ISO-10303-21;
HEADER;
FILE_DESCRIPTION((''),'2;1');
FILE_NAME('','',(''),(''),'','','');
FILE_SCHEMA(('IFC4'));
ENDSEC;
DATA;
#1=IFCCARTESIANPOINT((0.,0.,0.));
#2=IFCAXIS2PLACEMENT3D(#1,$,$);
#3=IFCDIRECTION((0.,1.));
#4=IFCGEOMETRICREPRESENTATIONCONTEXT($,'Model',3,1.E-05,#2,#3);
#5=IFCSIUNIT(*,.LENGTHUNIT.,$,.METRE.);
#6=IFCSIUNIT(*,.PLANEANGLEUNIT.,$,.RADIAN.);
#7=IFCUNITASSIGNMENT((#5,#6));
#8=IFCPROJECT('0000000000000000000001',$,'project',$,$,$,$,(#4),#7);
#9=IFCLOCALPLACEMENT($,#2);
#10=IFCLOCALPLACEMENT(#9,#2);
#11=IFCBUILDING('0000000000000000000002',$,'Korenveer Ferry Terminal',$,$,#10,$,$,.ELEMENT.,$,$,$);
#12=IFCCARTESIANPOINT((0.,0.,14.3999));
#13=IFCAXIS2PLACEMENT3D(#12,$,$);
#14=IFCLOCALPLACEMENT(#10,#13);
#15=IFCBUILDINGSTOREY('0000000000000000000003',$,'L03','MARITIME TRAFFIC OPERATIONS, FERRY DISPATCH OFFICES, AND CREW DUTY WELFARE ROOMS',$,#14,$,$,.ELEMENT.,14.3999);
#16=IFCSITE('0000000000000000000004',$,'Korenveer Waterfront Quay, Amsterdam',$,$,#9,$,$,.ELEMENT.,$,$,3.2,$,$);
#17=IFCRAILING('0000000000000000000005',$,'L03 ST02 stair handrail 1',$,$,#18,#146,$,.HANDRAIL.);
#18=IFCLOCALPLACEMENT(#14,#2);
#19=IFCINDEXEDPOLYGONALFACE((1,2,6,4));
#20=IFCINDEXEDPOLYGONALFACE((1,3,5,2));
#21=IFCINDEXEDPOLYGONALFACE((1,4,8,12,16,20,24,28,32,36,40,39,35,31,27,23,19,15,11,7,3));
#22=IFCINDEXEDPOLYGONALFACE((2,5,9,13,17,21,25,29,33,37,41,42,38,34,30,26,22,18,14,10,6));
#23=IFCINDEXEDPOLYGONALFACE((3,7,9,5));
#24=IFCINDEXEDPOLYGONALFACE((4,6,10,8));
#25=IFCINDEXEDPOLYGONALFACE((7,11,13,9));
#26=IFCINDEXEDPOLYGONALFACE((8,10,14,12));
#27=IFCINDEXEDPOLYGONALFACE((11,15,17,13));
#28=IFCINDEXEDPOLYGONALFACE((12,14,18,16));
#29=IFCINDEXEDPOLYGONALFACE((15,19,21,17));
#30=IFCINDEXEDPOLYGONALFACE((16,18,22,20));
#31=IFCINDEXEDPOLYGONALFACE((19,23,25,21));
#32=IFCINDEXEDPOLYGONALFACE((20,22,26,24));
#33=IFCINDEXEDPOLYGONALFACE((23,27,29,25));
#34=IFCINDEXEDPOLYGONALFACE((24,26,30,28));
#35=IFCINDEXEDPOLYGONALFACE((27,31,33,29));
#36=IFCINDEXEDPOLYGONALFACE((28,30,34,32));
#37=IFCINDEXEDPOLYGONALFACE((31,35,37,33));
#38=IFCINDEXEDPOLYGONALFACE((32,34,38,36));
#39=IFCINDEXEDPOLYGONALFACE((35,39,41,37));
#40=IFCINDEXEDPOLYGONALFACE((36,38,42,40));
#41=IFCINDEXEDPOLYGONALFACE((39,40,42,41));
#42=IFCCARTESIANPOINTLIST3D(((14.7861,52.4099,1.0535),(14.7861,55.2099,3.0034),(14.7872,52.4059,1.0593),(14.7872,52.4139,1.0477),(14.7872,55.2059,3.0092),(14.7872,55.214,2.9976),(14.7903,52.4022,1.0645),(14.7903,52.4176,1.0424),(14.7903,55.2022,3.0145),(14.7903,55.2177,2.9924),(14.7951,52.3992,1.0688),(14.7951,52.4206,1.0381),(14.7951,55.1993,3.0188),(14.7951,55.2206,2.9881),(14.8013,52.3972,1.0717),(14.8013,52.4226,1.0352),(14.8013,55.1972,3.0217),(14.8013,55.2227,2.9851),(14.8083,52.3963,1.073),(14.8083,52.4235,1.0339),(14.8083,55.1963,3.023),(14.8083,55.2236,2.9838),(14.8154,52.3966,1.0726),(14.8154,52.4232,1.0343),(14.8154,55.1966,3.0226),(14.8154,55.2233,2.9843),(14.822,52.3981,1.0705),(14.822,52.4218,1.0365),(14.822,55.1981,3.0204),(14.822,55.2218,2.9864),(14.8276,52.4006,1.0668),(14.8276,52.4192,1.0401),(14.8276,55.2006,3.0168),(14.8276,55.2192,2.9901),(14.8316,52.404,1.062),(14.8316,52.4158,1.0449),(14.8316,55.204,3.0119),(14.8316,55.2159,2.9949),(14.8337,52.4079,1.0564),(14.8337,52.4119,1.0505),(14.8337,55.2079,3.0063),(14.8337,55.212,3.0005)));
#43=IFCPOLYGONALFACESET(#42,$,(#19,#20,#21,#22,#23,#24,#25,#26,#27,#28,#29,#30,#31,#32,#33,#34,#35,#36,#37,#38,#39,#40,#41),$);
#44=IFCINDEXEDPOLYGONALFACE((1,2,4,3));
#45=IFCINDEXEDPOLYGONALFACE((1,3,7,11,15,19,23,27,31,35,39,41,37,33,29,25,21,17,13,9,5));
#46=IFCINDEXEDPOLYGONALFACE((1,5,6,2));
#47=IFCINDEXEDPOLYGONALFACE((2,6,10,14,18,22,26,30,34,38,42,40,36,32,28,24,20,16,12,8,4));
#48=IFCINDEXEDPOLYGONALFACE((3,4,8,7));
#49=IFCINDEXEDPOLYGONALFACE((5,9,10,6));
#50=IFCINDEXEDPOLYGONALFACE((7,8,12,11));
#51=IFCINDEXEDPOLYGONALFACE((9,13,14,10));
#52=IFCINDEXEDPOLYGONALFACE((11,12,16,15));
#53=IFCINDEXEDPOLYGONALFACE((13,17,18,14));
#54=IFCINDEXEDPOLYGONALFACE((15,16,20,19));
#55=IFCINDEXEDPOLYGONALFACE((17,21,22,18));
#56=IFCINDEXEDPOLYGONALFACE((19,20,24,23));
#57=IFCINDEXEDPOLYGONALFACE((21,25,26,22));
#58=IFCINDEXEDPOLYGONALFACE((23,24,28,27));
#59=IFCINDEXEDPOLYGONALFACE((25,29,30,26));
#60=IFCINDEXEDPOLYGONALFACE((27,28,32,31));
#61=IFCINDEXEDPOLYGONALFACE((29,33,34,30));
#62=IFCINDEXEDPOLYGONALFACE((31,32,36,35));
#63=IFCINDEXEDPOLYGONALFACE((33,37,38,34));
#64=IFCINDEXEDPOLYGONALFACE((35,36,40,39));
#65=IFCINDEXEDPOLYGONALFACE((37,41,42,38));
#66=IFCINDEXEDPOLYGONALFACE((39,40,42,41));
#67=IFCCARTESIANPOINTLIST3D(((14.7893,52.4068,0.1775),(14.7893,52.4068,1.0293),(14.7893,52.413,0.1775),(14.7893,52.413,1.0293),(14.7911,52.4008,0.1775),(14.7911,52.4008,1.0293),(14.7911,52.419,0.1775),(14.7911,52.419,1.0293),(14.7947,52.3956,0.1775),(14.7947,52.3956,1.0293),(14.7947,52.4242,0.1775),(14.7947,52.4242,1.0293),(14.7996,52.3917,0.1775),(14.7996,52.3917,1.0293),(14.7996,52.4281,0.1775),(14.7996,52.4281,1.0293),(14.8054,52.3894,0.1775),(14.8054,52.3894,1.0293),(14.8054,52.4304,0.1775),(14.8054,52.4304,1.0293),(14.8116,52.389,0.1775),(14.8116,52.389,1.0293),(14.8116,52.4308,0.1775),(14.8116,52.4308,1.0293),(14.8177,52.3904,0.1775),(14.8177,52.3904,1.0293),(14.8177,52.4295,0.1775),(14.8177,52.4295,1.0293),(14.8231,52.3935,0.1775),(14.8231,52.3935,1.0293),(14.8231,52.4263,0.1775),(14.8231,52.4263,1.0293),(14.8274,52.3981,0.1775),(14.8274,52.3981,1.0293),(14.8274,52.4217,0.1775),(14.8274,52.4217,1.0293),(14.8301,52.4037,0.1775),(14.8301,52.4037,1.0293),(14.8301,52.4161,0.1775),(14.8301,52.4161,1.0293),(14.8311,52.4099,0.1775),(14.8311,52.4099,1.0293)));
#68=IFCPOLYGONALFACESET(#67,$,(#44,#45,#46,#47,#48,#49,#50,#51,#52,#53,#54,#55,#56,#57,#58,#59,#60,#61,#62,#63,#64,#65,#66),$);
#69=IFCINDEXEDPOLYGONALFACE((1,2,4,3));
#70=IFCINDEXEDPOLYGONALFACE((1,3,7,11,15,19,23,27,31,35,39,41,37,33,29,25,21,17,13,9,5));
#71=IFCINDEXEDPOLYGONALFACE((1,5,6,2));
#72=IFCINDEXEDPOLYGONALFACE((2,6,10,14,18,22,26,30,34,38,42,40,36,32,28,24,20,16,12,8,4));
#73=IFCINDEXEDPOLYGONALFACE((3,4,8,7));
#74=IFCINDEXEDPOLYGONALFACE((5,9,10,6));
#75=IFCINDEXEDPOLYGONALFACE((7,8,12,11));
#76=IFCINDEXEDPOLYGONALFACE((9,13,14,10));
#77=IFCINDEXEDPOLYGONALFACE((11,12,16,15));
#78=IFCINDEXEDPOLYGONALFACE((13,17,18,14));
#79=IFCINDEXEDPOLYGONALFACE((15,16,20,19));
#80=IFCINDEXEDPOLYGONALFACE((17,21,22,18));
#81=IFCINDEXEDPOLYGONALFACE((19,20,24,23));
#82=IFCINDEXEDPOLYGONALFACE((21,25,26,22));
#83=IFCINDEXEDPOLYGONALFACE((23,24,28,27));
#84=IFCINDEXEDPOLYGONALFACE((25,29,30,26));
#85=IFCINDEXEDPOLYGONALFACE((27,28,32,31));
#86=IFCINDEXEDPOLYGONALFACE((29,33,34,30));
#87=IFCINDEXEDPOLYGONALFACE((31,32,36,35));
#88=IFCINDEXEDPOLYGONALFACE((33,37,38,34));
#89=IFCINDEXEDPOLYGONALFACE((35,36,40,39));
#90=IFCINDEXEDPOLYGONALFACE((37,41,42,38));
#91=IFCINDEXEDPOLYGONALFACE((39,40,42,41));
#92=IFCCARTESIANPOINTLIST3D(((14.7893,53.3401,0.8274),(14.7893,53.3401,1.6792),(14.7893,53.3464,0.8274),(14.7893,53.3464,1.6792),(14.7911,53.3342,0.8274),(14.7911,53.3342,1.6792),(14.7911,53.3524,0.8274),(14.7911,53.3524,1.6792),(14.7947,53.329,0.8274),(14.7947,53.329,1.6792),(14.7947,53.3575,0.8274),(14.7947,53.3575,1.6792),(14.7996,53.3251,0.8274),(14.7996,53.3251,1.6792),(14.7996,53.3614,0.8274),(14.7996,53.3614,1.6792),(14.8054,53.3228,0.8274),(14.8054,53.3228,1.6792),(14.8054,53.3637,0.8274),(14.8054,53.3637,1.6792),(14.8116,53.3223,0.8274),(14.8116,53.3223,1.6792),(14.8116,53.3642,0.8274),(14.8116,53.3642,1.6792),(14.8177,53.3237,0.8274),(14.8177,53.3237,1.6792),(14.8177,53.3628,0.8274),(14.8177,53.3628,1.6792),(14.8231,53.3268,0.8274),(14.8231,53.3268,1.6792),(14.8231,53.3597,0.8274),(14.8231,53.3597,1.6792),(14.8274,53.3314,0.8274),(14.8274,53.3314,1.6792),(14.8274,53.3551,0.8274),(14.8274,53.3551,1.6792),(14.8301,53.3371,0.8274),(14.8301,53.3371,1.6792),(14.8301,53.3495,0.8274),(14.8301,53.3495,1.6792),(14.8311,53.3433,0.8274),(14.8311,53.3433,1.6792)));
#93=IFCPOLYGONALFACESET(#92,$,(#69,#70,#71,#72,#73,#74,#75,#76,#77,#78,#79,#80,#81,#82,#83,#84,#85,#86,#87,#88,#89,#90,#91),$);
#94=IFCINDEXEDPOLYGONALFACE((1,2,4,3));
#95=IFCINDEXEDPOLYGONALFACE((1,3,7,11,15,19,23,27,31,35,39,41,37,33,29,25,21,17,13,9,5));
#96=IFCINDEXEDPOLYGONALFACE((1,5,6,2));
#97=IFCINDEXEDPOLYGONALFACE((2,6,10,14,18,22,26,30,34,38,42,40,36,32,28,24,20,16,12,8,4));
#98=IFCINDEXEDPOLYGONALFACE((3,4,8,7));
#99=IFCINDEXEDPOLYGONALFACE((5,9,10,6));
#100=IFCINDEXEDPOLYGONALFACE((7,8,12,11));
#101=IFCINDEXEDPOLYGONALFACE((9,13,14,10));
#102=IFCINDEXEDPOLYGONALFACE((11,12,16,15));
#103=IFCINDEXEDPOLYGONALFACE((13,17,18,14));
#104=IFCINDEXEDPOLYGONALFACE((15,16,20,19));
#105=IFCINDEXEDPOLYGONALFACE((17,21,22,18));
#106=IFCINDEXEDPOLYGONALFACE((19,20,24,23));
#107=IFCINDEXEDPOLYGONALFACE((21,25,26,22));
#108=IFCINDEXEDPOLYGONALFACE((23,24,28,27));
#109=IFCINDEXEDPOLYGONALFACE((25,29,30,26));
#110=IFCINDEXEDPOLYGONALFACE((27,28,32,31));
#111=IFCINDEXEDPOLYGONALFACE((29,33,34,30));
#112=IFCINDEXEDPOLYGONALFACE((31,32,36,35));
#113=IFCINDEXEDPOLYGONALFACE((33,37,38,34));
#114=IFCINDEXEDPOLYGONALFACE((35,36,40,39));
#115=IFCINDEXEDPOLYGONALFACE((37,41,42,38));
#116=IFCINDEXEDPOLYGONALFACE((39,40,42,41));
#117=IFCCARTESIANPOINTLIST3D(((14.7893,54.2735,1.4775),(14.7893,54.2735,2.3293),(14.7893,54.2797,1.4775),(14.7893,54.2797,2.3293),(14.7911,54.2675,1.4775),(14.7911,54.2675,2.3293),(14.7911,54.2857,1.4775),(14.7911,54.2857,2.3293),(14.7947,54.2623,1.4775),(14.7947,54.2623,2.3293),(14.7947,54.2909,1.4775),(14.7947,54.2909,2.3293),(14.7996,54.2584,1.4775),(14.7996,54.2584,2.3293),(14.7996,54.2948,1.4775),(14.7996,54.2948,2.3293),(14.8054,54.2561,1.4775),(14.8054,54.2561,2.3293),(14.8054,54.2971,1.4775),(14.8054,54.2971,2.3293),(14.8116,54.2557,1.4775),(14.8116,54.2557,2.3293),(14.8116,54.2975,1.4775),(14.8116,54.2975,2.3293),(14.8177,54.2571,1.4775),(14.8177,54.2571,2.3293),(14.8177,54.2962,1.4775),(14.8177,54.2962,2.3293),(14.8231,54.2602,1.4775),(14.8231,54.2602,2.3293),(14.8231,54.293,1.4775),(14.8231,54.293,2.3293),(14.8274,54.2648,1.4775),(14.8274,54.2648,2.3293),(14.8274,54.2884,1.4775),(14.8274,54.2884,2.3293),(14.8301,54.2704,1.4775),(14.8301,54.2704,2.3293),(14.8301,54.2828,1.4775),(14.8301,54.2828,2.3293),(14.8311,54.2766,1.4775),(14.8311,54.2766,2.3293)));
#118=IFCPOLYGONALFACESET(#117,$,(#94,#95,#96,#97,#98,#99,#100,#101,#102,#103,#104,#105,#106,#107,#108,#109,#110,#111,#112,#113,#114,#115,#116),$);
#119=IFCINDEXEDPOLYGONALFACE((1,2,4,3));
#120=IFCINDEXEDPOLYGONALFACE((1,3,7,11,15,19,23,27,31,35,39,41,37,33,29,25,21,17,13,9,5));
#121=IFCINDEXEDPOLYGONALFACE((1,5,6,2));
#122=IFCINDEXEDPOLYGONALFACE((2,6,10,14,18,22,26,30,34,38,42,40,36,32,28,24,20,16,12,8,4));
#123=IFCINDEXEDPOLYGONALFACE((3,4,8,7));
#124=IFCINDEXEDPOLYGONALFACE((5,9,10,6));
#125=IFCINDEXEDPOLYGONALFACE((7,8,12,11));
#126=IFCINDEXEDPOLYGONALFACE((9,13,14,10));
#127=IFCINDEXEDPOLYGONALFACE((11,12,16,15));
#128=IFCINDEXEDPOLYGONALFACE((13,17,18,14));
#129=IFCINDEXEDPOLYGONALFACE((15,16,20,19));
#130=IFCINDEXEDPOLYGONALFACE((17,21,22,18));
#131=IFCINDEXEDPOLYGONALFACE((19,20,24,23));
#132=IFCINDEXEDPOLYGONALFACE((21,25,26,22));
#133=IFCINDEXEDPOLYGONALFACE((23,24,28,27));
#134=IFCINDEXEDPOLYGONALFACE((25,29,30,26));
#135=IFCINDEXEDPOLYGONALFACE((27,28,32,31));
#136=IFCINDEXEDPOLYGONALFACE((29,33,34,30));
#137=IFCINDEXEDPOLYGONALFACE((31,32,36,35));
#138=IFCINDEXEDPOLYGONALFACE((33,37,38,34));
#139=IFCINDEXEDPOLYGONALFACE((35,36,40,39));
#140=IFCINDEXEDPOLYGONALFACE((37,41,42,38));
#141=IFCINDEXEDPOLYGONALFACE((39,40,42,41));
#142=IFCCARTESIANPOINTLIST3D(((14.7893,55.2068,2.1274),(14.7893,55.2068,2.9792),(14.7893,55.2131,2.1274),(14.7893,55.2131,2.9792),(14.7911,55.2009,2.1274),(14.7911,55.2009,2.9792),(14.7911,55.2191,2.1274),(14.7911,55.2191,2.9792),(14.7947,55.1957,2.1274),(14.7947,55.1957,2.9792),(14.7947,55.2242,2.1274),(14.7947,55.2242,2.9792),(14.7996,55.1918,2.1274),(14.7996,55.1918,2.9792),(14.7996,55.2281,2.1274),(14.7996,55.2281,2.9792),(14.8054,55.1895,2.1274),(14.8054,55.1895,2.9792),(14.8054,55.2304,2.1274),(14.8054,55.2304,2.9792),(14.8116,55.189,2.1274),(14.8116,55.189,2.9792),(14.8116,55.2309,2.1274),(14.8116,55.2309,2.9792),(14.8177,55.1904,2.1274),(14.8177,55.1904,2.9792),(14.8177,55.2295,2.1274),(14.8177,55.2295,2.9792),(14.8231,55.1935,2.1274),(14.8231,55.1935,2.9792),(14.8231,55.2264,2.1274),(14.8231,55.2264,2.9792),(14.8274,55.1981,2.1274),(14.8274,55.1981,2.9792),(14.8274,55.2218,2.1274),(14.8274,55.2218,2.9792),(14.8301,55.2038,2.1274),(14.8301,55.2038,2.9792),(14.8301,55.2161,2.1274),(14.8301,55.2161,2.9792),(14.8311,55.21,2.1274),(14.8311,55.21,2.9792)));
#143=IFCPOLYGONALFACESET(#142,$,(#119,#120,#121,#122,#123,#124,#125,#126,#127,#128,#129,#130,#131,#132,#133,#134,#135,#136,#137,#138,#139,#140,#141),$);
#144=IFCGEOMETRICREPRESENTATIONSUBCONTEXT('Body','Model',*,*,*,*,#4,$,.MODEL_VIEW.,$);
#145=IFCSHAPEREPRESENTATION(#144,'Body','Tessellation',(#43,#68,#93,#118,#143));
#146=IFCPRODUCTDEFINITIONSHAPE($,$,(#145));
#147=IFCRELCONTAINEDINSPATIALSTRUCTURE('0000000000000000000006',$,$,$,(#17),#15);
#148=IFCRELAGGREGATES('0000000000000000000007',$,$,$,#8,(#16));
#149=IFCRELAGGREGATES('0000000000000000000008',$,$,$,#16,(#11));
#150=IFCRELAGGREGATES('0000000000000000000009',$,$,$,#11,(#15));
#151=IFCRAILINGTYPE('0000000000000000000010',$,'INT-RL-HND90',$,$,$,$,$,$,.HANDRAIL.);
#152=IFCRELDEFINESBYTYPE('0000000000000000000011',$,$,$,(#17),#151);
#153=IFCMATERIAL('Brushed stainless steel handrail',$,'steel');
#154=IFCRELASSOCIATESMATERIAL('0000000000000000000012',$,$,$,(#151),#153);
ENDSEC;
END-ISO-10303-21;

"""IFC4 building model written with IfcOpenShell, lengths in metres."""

from ifc_helpers import new_model, si_unit, direction, frame, origin, origin_2d, place, context, subcontext, project, spatial, circle, extrude, material, type_object, element, save


model = new_model("IFC4")

# Units and contexts
model_context = context("Model", 3, precision=1e-05, world=origin(), true_north=direction((0.0, 1.0)))
body_context = subcontext(model_context, "Body", "Model", "MODEL_VIEW")
ifc_project = project(units=[si_unit("LENGTHUNIT", "METRE"), si_unit("PLANEANGLEUNIT", "RADIAN")], contexts=[model_context])

# Site, building, storey
site_placement = place(None, origin())
site = spatial("IfcSite", under=ifc_project, at=site_placement, Name="Korenveer Waterfront Quay, Amsterdam", CompositionType="ELEMENT", RefElevation=3.2)
building_placement = place(site_placement, origin())
building = spatial("IfcBuilding", under=site, at=building_placement, Name="Korenveer Ferry Terminal", CompositionType="ELEMENT")
storey_placement = place(building_placement, frame((0.0, 0.0, 14.3999)))
storey = spatial("IfcBuildingStorey", under=building, at=storey_placement, Name="L03", Description="MARITIME TRAFFIC OPERATIONS, FERRY DISPATCH OFFICES, AND CREW DUTY WELFARE ROOMS", CompositionType="ELEMENT", Elevation=14.3999)

# Railing
ifc_material_1 = material(Name="Brushed stainless steel handrail", Category="steel")
railing_type_1 = type_object("IfcRailingType", Name="INT-RL-HND90", PredefinedType="HANDRAIL", material=ifc_material_1)
railing_1_placement = place(storey_placement, frame((14.8101, 52.4099, 0.1775)))
element("IfcRailing", 1, at=railing_1_placement, inside=storey, type_object=railing_type_1, Name="L03 ST02 stair handrail 1", PredefinedType="HANDRAIL", context=body_context, shape_type="SweptSolid", body=[
    extrude(circle(Radius=0.0239, at=origin_2d()), frame((0.0, 0.0, 0.876), z_axis=(0.0, 0.820618, 0.571477), x_axis=(-1.0, 0.0, 0.0)), (0.0, 0.0, 1.0), 3.4121),
    extrude(circle(Radius=0.021, at=origin_2d()), origin(), (0.0, 0.0, 1.0), 0.8518),
    extrude(circle(Radius=0.021, at=origin_2d()), frame((0.0, 0.9333, 0.6499)), (0.0, 0.0, 1.0), 0.8518),
    extrude(circle(Radius=0.021, at=origin_2d()), frame((0.0, 1.8667, 1.3)), (0.0, 0.0, 1.0), 0.8518),
    extrude(circle(Radius=0.021, at=origin_2d()), frame((0.0, 2.8, 1.95)), (0.0, 0.0, 1.0), 0.8518),
])

save(model, "model.ifc")
